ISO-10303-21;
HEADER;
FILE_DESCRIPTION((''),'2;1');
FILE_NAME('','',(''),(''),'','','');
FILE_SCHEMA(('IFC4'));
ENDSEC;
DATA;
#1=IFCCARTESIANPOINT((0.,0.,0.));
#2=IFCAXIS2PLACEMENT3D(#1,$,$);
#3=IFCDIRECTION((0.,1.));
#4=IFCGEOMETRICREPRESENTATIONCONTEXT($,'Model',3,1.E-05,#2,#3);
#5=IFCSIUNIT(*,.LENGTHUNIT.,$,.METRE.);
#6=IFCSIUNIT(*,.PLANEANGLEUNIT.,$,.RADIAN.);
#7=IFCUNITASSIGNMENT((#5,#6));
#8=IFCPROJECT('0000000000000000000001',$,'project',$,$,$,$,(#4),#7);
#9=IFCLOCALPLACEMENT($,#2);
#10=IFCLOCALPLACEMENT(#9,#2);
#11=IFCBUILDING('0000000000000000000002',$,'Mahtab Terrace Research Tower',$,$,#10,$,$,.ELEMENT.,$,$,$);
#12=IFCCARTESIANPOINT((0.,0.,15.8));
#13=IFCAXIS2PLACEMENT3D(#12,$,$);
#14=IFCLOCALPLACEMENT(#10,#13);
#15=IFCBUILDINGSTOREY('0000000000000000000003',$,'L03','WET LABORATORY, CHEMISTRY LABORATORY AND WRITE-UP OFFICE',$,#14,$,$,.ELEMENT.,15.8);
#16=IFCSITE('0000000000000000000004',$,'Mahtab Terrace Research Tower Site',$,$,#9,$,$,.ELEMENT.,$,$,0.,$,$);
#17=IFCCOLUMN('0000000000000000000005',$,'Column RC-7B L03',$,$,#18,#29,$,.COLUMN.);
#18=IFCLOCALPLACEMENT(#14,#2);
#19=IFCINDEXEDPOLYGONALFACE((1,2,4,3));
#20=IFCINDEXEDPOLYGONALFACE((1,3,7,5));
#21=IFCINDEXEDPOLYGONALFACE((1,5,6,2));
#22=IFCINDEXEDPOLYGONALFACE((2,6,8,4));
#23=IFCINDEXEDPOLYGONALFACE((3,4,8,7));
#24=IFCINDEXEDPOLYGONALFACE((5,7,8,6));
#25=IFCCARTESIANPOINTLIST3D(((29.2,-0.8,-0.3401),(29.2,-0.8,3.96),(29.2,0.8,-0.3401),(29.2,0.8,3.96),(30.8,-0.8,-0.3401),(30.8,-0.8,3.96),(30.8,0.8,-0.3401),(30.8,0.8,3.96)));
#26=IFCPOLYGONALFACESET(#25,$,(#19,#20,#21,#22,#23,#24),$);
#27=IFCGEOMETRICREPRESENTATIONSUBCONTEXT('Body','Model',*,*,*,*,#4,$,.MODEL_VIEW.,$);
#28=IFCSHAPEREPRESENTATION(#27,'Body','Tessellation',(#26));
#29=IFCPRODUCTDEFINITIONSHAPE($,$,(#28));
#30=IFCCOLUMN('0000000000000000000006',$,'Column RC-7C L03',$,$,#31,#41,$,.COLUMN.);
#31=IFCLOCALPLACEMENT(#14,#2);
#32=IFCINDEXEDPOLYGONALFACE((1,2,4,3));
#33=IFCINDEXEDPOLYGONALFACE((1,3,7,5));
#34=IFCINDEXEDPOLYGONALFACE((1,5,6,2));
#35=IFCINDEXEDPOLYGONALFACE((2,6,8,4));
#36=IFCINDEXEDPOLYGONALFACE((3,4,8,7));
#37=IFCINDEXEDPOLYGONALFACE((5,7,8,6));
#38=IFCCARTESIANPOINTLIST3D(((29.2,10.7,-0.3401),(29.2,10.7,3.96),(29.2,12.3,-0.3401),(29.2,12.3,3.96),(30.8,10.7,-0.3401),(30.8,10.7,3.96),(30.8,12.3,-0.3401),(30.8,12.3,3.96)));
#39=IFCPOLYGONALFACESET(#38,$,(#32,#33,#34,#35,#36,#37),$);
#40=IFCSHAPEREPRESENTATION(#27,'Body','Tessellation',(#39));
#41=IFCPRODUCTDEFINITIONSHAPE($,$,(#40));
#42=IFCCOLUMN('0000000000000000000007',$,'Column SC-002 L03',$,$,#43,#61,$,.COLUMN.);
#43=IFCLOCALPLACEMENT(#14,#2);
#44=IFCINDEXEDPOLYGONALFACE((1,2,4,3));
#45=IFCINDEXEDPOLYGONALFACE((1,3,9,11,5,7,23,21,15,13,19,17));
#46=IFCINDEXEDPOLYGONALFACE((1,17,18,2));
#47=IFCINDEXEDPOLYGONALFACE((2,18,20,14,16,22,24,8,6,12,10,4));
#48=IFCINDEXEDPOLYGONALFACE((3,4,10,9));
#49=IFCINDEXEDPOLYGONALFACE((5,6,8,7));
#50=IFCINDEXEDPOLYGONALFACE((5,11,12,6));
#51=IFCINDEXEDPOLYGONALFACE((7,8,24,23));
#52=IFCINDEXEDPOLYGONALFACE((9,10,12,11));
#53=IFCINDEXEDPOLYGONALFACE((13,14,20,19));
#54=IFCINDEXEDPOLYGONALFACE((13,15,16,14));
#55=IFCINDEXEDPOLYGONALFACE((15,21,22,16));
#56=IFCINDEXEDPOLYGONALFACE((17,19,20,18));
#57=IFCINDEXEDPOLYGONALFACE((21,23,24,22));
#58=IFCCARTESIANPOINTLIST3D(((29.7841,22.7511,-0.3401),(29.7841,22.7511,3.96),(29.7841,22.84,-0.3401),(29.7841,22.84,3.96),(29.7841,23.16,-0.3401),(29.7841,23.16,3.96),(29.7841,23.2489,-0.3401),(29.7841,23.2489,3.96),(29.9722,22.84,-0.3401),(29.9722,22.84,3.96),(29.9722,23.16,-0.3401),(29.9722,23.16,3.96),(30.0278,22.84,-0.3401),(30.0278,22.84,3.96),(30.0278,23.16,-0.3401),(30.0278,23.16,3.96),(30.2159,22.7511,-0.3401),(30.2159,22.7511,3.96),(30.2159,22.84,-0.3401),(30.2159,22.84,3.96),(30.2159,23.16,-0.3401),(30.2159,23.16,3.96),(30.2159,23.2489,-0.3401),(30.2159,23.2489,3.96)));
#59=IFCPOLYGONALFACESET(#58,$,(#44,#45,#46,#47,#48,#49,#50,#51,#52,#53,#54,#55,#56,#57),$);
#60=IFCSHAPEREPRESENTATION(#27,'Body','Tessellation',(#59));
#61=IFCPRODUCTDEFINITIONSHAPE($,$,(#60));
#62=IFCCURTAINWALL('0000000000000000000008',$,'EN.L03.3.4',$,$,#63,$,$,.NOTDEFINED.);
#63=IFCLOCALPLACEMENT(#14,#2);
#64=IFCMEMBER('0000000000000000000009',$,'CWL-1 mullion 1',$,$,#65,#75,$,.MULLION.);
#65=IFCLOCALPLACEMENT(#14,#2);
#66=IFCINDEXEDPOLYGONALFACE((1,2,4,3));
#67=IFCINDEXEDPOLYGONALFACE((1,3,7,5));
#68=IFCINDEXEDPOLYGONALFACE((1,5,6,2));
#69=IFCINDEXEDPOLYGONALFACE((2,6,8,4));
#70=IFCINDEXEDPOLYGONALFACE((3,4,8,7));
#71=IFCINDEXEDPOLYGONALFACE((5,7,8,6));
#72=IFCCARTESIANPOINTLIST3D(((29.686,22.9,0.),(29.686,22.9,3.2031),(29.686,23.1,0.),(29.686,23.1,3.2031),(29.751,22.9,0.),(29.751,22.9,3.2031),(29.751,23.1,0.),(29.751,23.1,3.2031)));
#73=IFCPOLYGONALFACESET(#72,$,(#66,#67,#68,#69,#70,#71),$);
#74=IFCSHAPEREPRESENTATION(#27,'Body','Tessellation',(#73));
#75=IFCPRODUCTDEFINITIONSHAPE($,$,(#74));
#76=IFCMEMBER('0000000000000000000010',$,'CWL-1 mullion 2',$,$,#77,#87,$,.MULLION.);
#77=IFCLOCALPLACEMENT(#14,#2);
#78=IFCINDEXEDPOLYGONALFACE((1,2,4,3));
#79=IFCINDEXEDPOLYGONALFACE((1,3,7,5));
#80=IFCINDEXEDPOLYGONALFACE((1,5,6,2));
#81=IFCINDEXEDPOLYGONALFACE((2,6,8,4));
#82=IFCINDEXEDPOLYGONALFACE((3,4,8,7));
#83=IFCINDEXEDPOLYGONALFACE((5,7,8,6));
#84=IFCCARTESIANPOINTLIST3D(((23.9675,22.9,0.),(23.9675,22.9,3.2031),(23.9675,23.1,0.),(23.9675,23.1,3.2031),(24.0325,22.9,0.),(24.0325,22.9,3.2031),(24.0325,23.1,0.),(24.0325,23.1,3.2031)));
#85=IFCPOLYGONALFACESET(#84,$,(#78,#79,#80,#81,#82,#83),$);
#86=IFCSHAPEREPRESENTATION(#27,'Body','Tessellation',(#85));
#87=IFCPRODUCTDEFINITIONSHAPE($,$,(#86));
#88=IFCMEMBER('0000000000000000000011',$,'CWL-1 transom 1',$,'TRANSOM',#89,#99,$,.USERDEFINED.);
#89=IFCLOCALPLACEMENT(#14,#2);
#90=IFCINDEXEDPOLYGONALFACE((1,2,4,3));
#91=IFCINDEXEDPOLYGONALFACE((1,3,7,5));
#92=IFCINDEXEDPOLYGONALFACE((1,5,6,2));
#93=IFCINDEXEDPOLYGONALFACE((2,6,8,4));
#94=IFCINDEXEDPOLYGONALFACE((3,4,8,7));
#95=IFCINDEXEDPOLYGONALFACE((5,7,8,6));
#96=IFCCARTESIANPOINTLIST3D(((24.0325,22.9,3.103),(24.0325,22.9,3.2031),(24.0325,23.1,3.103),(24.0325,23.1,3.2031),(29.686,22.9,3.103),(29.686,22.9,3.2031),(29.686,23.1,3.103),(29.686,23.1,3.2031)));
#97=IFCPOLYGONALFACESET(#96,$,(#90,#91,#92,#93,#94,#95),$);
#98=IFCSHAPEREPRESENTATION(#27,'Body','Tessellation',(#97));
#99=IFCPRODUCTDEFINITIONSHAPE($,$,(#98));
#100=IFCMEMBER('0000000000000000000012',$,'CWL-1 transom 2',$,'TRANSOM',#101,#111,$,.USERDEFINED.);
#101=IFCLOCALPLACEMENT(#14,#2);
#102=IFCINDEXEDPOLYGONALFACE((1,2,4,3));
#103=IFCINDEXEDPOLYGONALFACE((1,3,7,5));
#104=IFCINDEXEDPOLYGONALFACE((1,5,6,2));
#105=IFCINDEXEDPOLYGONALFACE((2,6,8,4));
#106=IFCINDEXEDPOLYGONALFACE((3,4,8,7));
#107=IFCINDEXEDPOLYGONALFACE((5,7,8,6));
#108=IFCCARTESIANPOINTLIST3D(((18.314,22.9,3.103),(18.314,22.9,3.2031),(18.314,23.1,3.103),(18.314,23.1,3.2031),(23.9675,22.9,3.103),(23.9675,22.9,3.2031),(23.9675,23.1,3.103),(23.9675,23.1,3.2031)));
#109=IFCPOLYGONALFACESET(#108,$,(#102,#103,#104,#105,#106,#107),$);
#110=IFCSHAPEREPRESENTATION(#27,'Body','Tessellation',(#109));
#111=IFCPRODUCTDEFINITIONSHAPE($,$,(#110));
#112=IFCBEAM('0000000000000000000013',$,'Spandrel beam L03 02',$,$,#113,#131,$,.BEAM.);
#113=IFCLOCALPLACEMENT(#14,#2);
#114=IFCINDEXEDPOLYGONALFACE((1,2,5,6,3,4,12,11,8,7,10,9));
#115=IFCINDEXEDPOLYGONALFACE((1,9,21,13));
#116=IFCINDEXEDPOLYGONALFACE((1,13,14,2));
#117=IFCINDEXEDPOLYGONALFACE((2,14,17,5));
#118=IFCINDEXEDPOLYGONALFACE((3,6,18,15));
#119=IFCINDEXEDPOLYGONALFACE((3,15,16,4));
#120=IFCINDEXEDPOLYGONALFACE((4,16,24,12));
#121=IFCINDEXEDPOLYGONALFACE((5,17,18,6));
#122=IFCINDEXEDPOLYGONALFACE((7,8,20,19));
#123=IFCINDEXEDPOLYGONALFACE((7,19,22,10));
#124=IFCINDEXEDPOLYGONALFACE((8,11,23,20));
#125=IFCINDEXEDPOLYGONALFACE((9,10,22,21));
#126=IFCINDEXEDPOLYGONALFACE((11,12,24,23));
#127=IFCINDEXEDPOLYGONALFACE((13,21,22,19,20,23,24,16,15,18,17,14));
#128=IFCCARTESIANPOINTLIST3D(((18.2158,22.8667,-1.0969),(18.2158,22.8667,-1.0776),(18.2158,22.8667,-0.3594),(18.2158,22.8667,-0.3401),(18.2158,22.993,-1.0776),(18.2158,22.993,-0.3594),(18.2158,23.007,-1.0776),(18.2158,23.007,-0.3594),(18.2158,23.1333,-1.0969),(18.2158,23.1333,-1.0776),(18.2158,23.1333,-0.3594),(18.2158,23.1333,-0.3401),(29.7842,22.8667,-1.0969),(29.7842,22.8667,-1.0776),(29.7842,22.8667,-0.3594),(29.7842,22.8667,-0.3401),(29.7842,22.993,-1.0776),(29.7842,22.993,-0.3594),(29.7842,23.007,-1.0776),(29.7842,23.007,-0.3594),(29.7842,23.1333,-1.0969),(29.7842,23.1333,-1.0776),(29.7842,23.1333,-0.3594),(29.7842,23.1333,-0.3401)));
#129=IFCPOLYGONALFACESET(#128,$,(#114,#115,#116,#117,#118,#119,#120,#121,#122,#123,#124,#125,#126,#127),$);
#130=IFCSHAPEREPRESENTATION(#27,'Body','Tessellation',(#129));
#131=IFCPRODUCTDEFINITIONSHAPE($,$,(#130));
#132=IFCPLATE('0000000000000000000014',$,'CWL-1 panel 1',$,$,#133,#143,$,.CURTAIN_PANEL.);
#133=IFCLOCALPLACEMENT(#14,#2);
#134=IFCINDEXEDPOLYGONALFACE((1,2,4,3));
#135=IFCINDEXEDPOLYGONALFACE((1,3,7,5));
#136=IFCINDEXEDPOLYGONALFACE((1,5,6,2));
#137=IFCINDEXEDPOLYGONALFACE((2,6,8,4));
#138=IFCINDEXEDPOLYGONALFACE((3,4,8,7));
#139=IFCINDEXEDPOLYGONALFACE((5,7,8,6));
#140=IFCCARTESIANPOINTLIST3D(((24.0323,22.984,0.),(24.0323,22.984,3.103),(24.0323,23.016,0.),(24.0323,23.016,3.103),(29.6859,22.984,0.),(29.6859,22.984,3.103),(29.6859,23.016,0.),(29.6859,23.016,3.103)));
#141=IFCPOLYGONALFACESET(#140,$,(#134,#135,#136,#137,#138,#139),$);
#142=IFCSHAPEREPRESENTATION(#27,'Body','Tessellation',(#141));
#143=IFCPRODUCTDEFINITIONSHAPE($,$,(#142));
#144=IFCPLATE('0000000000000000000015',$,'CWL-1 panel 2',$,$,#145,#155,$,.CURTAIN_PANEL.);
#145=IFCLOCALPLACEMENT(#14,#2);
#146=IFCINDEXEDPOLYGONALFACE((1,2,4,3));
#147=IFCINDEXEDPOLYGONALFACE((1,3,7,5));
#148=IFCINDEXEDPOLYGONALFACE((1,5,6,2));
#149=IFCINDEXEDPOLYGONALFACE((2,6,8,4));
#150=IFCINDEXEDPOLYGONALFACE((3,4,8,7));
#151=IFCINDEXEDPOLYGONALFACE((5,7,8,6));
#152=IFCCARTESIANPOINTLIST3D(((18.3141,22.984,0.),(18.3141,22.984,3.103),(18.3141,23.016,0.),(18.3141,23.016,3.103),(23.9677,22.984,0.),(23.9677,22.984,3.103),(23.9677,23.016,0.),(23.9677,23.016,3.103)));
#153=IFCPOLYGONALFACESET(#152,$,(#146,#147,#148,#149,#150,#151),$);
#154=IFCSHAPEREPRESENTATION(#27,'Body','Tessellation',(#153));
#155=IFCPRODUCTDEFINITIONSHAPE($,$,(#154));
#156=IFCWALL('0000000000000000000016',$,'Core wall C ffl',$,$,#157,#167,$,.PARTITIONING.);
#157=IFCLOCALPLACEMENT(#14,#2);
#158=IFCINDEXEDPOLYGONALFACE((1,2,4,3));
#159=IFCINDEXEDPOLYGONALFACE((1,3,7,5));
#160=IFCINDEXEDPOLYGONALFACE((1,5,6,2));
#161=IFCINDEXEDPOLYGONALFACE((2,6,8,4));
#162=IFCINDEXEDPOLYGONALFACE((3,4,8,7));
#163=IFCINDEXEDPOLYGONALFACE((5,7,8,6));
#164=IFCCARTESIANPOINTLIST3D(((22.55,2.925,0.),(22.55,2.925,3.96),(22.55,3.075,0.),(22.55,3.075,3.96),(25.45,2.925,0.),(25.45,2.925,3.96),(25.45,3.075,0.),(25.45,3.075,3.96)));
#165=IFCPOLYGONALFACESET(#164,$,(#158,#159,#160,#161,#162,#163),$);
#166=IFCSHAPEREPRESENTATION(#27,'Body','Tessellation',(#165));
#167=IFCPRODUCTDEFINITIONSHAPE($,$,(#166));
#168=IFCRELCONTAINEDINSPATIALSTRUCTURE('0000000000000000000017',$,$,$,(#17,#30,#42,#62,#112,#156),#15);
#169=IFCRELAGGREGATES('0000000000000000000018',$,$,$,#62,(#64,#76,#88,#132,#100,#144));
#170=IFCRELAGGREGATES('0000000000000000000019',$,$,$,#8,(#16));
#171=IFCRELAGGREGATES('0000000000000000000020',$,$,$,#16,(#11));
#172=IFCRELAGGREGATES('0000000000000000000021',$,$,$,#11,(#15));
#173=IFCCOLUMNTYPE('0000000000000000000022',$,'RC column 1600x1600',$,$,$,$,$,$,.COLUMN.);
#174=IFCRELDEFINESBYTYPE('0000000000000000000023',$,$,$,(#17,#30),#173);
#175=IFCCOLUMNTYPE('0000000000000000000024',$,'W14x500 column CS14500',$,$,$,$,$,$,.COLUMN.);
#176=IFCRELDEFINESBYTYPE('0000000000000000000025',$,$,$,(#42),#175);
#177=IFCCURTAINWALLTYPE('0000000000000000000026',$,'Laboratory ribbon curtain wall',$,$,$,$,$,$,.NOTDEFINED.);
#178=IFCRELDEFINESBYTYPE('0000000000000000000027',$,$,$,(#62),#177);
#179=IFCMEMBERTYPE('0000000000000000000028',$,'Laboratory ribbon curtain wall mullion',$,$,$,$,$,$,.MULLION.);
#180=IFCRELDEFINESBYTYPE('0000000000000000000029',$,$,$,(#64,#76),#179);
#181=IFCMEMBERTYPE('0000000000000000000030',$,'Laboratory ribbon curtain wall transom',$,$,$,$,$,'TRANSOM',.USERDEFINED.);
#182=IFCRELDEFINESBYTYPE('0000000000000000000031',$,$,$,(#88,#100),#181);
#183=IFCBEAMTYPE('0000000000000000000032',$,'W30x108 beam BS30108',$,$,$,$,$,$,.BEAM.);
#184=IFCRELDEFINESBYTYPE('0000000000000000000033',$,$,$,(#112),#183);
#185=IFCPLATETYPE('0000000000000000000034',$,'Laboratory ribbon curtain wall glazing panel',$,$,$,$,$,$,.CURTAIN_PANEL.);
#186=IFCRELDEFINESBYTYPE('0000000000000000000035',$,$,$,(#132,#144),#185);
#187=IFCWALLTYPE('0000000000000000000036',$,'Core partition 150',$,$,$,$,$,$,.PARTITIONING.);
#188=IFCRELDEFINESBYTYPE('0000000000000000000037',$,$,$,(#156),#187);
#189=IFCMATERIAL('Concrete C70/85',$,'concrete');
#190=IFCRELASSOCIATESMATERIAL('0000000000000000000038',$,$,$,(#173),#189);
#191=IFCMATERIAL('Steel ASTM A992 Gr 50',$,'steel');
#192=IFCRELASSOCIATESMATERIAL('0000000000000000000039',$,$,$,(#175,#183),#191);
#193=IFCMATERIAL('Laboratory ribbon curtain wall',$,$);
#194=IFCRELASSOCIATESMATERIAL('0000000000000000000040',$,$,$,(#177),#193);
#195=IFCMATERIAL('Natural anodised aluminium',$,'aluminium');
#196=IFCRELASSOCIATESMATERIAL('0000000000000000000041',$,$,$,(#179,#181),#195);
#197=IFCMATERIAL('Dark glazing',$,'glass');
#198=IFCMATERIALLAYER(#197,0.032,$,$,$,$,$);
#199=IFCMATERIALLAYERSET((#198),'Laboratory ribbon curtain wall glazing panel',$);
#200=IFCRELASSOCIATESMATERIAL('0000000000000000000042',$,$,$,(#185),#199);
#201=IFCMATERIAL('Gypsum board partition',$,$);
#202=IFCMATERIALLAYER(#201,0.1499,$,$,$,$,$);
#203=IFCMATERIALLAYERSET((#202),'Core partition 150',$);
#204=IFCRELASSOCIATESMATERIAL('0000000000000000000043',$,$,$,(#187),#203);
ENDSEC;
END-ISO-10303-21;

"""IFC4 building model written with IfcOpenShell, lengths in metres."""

from ifc_helpers import new_model, si_unit, direction, frame, frame_2d, origin, origin_2d, place, context, subcontext, project, spatial, rectangle, i_section, extrude, material, layer, layer_set, material_profile, profile_set, type_object, element, aggregate, save


model = new_model("IFC4")

# Units and contexts
model_context = context("Model", 3, precision=1e-05, world=origin(), true_north=direction((0.0, 1.0)))
body_context = subcontext(model_context, "Body", "Model", "MODEL_VIEW")
ifc_project = project(units=[si_unit("LENGTHUNIT", "METRE"), si_unit("PLANEANGLEUNIT", "RADIAN")], contexts=[model_context])

# Site, building, storey
site_placement = place(None, origin())
site = spatial("IfcSite", under=ifc_project, at=site_placement, Name="Mahtab Terrace Research Tower Site", CompositionType="ELEMENT", RefElevation=0.0)
building_placement = place(site_placement, origin())
building = spatial("IfcBuilding", under=site, at=building_placement, Name="Mahtab Terrace Research Tower", CompositionType="ELEMENT")
storey_placement = place(building_placement, frame((0.0, 0.0, 15.8)))
storey = spatial("IfcBuildingStorey", under=building, at=storey_placement, Name="L03", Description="WET LABORATORY, CHEMISTRY LABORATORY AND WRITE-UP OFFICE", CompositionType="ELEMENT", Elevation=15.8)

# Columns
ifc_material_1 = material(Name="Concrete C70/85", Category="concrete")
ifc_material_profile_1 = material_profile(ifc_material_1, rectangle(XDim=1.6001, YDim=1.6001, at=origin_2d()), Name="RC column 1600x1600")
ifc_profile_set_1 = profile_set([ifc_material_profile_1], Name="Concrete C70/85")
column_type_1 = type_object("IfcColumnType", Name="RC column 1600x1600", PredefinedType="COLUMN", material=ifc_profile_set_1)
for number, where, z_axis, x_axis, name in (
    (1, (30.0, 0.0, -0.3401), (0.0, 0.0, 1.0), (1.0, 0.0, 0.0), "Column RC-7B L03"),
    (2, (30.0, 11.5, -0.3401), (0.0, 0.0, 1.0), (1.0, 0.0, 0.0), "Column RC-7C L03"),
):
    element("IfcColumn", number, at=place(storey_placement, frame(where, z_axis=z_axis, x_axis=x_axis)), inside=storey, type_object=column_type_1, Name=name, PredefinedType="COLUMN", context=body_context, shape_type="SweptSolid", body=[
        extrude(rectangle(XDim=1.6001, YDim=1.6001, at=origin_2d()), origin(), (0.0, 0.0, 1.0), 4.3),
    ])
ifc_material_2 = material(Name="Steel ASTM A992 Gr 50", Category="steel")
ifc_material_profile_2 = material_profile(ifc_material_2, i_section(OverallWidth=0.4319, OverallDepth=0.4978, WebThickness=0.0557, FlangeThickness=0.0889, at=origin_2d()), Name="W14X500")
ifc_profile_set_2 = profile_set([ifc_material_profile_2], Name="Steel ASTM A992 Gr 50")
column_type_2 = type_object("IfcColumnType", Name="W14x500 column CS14500", PredefinedType="COLUMN", material=ifc_profile_set_2)
column_placement = place(storey_placement, frame((30.0, 23.0, -0.3401), z_axis=(0.0, 0.0, 1.0), x_axis=(1.0, 0.0, 0.0)))
element("IfcColumn", 3, at=column_placement, inside=storey, type_object=column_type_2, Name="Column SC-002 L03", PredefinedType="COLUMN", context=body_context, shape_type="SweptSolid", body=[
    extrude(i_section(OverallWidth=0.4319, OverallDepth=0.4978, WebThickness=0.0557, FlangeThickness=0.0889, at=origin_2d()), origin(), (0.0, 0.0, 1.0), 4.3),
])

# Curtain wall, members
ifc_material_3 = material(Name="Laboratory ribbon curtain wall")
curtain_wall_type = type_object("IfcCurtainWallType", Name="Laboratory ribbon curtain wall", PredefinedType="NOTDEFINED", material=ifc_material_3)
curtain_wall_placement = place(storey_placement, origin())
curtain_wall = element("IfcCurtainWall", 4, at=curtain_wall_placement, inside=storey, type_object=curtain_wall_type, Name="EN.L03.3.4", PredefinedType="NOTDEFINED")
ifc_material_4 = material(Name="Natural anodised aluminium", Category="aluminium")
ifc_material_profile_3 = material_profile(ifc_material_4, rectangle(XDim=0.2, YDim=0.0649, at=origin_2d()), Name="MULLION 65x200")
ifc_profile_set_3 = profile_set([ifc_material_profile_3], Name="Natural anodised aluminium")
member_type_1 = type_object("IfcMemberType", Name="Laboratory ribbon curtain wall mullion", PredefinedType="MULLION", material=ifc_profile_set_3)
member_1_placement = place(storey_placement, frame((29.7185, 23.0, 0.0), z_axis=(0.0, 0.0, 1.0), x_axis=(0.0, -1.0, 0.0)))
member_1 = element("IfcMember", 5, at=member_1_placement, type_object=member_type_1, Name="CWL-1 mullion 1", PredefinedType="MULLION", context=body_context, shape_type="SweptSolid", body=[
    extrude(rectangle(XDim=0.2, YDim=0.0649, at=origin_2d()), origin(), (0.0, 0.0, 1.0), 3.2031),
])
member_2_placement = place(storey_placement, frame((24.0, 23.0, 0.0), z_axis=(0.0, 0.0, 1.0), x_axis=(0.0, -1.0, 0.0)))
member_2 = element("IfcMember", 6, at=member_2_placement, type_object=member_type_1, Name="CWL-1 mullion 2", PredefinedType="MULLION", context=body_context, shape_type="SweptSolid", body=[
    extrude(rectangle(XDim=0.2, YDim=0.0649, at=origin_2d()), origin(), (0.0, 0.0, 1.0), 3.2031),
])
ifc_material_profile_4 = material_profile(ifc_material_4, rectangle(XDim=0.2, YDim=0.1001, at=origin_2d()), Name="TRANSOM 100x200")
ifc_profile_set_4 = profile_set([ifc_material_profile_4], Name="Natural anodised aluminium")
member_type_2 = type_object("IfcMemberType", Name="Laboratory ribbon curtain wall transom", ElementType="TRANSOM", PredefinedType="USERDEFINED", material=ifc_profile_set_4)
member_3_placement = place(storey_placement, frame((29.686, 23.0, 3.1531), z_axis=(-1.0, 0.0, 0.0), x_axis=(0.0, -1.0, 0.0)))
member_3 = element("IfcMember", 7, at=member_3_placement, type_object=member_type_2, Name="CWL-1 transom 1", ObjectType="TRANSOM", PredefinedType="USERDEFINED", context=body_context, shape_type="SweptSolid", body=[
    extrude(rectangle(XDim=0.2, YDim=0.1001, at=origin_2d()), origin(), (0.0, 0.0, 1.0), 5.6536),
])
member_4_placement = place(storey_placement, frame((23.9675, 23.0, 3.1531), z_axis=(-1.0, 0.0, 0.0), x_axis=(0.0, -1.0, 0.0)))
member_4 = element("IfcMember", 8, at=member_4_placement, type_object=member_type_2, Name="CWL-1 transom 2", ObjectType="TRANSOM", PredefinedType="USERDEFINED", context=body_context, shape_type="SweptSolid", body=[
    extrude(rectangle(XDim=0.2, YDim=0.1001, at=origin_2d()), origin(), (0.0, 0.0, 1.0), 5.6536),
])

# Beam
ifc_material_profile_5 = material_profile(ifc_material_2, i_section(OverallWidth=0.2666, OverallDepth=0.7568, WebThickness=0.0139, FlangeThickness=0.0193, at=origin_2d()), Name="W30X108")
ifc_profile_set_5 = profile_set([ifc_material_profile_5], Name="Steel ASTM A992 Gr 50")
beam_type = type_object("IfcBeamType", Name="W30x108 beam BS30108", PredefinedType="BEAM", material=ifc_profile_set_5)
beam_placement = place(storey_placement, frame((29.7842, 23.0, -0.7185), z_axis=(-1.0, 0.0, 0.0), x_axis=(0.0, -1.0, 0.0)))
element("IfcBeam", 9, at=beam_placement, inside=storey, type_object=beam_type, Name="Spandrel beam L03 02", PredefinedType="BEAM", context=body_context, shape_type="SweptSolid", body=[
    extrude(i_section(OverallWidth=0.2666, OverallDepth=0.7568, WebThickness=0.0139, FlangeThickness=0.0193, at=origin_2d()), origin(), (0.0, 0.0, 1.0), 11.5684),
])

# Plates
ifc_material_5 = material(Name="Dark glazing", Category="glass")
ifc_layer_1 = layer(ifc_material_5, 0.032)
ifc_layer_set_1 = layer_set([ifc_layer_1], Name="Laboratory ribbon curtain wall glazing panel")
plate_type = type_object("IfcPlateType", Name="Laboratory ribbon curtain wall glazing panel", PredefinedType="CURTAIN_PANEL", material=ifc_layer_set_1)
plate_1_placement = place(storey_placement, frame((26.8591, 23.0, 0.0), z_axis=(0.0, 0.0, 1.0), x_axis=(-1.0, 0.0, 0.0)))
plate_1 = element("IfcPlate", 10, at=plate_1_placement, type_object=plate_type, Name="CWL-1 panel 1", PredefinedType="CURTAIN_PANEL", context=body_context, shape_type="SweptSolid", body=[
    extrude(rectangle(XDim=5.6536, YDim=0.032, at=origin_2d()), origin(), (0.0, 0.0, 1.0), 3.103),
])
plate_2_placement = place(storey_placement, frame((21.1409, 23.0, 0.0), z_axis=(0.0, 0.0, 1.0), x_axis=(-1.0, 0.0, 0.0)))
plate_2 = element("IfcPlate", 11, at=plate_2_placement, type_object=plate_type, Name="CWL-1 panel 2", PredefinedType="CURTAIN_PANEL", context=body_context, shape_type="SweptSolid", body=[
    extrude(rectangle(XDim=5.6536, YDim=0.032, at=origin_2d()), origin(), (0.0, 0.0, 1.0), 3.103),
])
aggregate(curtain_wall, [member_1, member_2, member_3, plate_1, member_4, plate_2])

# Wall
ifc_material_6 = material(Name="Gypsum board partition")
ifc_layer_2 = layer(ifc_material_6, 0.1499)
ifc_layer_set_2 = layer_set([ifc_layer_2], Name="Core partition 150")
wall_type_1 = type_object("IfcWallType", Name="Core partition 150", PredefinedType="PARTITIONING", material=ifc_layer_set_2)
wall_1_placement = place(storey_placement, frame((22.55, 3.0, 0.0), z_axis=(0.0, 0.0, 1.0), x_axis=(1.0, 0.0, 0.0)))
element("IfcWall", 12, at=wall_1_placement, inside=storey, type_object=wall_type_1, Name="Core wall C ffl", PredefinedType="PARTITIONING", context=body_context, shape_type="SweptSolid", body=[
    extrude(rectangle(XDim=2.8999, YDim=0.1499, at=frame_2d((1.45, 0.0))), origin(), (0.0, 0.0, 1.0), 3.96),
])

save(model, "model.ifc")
